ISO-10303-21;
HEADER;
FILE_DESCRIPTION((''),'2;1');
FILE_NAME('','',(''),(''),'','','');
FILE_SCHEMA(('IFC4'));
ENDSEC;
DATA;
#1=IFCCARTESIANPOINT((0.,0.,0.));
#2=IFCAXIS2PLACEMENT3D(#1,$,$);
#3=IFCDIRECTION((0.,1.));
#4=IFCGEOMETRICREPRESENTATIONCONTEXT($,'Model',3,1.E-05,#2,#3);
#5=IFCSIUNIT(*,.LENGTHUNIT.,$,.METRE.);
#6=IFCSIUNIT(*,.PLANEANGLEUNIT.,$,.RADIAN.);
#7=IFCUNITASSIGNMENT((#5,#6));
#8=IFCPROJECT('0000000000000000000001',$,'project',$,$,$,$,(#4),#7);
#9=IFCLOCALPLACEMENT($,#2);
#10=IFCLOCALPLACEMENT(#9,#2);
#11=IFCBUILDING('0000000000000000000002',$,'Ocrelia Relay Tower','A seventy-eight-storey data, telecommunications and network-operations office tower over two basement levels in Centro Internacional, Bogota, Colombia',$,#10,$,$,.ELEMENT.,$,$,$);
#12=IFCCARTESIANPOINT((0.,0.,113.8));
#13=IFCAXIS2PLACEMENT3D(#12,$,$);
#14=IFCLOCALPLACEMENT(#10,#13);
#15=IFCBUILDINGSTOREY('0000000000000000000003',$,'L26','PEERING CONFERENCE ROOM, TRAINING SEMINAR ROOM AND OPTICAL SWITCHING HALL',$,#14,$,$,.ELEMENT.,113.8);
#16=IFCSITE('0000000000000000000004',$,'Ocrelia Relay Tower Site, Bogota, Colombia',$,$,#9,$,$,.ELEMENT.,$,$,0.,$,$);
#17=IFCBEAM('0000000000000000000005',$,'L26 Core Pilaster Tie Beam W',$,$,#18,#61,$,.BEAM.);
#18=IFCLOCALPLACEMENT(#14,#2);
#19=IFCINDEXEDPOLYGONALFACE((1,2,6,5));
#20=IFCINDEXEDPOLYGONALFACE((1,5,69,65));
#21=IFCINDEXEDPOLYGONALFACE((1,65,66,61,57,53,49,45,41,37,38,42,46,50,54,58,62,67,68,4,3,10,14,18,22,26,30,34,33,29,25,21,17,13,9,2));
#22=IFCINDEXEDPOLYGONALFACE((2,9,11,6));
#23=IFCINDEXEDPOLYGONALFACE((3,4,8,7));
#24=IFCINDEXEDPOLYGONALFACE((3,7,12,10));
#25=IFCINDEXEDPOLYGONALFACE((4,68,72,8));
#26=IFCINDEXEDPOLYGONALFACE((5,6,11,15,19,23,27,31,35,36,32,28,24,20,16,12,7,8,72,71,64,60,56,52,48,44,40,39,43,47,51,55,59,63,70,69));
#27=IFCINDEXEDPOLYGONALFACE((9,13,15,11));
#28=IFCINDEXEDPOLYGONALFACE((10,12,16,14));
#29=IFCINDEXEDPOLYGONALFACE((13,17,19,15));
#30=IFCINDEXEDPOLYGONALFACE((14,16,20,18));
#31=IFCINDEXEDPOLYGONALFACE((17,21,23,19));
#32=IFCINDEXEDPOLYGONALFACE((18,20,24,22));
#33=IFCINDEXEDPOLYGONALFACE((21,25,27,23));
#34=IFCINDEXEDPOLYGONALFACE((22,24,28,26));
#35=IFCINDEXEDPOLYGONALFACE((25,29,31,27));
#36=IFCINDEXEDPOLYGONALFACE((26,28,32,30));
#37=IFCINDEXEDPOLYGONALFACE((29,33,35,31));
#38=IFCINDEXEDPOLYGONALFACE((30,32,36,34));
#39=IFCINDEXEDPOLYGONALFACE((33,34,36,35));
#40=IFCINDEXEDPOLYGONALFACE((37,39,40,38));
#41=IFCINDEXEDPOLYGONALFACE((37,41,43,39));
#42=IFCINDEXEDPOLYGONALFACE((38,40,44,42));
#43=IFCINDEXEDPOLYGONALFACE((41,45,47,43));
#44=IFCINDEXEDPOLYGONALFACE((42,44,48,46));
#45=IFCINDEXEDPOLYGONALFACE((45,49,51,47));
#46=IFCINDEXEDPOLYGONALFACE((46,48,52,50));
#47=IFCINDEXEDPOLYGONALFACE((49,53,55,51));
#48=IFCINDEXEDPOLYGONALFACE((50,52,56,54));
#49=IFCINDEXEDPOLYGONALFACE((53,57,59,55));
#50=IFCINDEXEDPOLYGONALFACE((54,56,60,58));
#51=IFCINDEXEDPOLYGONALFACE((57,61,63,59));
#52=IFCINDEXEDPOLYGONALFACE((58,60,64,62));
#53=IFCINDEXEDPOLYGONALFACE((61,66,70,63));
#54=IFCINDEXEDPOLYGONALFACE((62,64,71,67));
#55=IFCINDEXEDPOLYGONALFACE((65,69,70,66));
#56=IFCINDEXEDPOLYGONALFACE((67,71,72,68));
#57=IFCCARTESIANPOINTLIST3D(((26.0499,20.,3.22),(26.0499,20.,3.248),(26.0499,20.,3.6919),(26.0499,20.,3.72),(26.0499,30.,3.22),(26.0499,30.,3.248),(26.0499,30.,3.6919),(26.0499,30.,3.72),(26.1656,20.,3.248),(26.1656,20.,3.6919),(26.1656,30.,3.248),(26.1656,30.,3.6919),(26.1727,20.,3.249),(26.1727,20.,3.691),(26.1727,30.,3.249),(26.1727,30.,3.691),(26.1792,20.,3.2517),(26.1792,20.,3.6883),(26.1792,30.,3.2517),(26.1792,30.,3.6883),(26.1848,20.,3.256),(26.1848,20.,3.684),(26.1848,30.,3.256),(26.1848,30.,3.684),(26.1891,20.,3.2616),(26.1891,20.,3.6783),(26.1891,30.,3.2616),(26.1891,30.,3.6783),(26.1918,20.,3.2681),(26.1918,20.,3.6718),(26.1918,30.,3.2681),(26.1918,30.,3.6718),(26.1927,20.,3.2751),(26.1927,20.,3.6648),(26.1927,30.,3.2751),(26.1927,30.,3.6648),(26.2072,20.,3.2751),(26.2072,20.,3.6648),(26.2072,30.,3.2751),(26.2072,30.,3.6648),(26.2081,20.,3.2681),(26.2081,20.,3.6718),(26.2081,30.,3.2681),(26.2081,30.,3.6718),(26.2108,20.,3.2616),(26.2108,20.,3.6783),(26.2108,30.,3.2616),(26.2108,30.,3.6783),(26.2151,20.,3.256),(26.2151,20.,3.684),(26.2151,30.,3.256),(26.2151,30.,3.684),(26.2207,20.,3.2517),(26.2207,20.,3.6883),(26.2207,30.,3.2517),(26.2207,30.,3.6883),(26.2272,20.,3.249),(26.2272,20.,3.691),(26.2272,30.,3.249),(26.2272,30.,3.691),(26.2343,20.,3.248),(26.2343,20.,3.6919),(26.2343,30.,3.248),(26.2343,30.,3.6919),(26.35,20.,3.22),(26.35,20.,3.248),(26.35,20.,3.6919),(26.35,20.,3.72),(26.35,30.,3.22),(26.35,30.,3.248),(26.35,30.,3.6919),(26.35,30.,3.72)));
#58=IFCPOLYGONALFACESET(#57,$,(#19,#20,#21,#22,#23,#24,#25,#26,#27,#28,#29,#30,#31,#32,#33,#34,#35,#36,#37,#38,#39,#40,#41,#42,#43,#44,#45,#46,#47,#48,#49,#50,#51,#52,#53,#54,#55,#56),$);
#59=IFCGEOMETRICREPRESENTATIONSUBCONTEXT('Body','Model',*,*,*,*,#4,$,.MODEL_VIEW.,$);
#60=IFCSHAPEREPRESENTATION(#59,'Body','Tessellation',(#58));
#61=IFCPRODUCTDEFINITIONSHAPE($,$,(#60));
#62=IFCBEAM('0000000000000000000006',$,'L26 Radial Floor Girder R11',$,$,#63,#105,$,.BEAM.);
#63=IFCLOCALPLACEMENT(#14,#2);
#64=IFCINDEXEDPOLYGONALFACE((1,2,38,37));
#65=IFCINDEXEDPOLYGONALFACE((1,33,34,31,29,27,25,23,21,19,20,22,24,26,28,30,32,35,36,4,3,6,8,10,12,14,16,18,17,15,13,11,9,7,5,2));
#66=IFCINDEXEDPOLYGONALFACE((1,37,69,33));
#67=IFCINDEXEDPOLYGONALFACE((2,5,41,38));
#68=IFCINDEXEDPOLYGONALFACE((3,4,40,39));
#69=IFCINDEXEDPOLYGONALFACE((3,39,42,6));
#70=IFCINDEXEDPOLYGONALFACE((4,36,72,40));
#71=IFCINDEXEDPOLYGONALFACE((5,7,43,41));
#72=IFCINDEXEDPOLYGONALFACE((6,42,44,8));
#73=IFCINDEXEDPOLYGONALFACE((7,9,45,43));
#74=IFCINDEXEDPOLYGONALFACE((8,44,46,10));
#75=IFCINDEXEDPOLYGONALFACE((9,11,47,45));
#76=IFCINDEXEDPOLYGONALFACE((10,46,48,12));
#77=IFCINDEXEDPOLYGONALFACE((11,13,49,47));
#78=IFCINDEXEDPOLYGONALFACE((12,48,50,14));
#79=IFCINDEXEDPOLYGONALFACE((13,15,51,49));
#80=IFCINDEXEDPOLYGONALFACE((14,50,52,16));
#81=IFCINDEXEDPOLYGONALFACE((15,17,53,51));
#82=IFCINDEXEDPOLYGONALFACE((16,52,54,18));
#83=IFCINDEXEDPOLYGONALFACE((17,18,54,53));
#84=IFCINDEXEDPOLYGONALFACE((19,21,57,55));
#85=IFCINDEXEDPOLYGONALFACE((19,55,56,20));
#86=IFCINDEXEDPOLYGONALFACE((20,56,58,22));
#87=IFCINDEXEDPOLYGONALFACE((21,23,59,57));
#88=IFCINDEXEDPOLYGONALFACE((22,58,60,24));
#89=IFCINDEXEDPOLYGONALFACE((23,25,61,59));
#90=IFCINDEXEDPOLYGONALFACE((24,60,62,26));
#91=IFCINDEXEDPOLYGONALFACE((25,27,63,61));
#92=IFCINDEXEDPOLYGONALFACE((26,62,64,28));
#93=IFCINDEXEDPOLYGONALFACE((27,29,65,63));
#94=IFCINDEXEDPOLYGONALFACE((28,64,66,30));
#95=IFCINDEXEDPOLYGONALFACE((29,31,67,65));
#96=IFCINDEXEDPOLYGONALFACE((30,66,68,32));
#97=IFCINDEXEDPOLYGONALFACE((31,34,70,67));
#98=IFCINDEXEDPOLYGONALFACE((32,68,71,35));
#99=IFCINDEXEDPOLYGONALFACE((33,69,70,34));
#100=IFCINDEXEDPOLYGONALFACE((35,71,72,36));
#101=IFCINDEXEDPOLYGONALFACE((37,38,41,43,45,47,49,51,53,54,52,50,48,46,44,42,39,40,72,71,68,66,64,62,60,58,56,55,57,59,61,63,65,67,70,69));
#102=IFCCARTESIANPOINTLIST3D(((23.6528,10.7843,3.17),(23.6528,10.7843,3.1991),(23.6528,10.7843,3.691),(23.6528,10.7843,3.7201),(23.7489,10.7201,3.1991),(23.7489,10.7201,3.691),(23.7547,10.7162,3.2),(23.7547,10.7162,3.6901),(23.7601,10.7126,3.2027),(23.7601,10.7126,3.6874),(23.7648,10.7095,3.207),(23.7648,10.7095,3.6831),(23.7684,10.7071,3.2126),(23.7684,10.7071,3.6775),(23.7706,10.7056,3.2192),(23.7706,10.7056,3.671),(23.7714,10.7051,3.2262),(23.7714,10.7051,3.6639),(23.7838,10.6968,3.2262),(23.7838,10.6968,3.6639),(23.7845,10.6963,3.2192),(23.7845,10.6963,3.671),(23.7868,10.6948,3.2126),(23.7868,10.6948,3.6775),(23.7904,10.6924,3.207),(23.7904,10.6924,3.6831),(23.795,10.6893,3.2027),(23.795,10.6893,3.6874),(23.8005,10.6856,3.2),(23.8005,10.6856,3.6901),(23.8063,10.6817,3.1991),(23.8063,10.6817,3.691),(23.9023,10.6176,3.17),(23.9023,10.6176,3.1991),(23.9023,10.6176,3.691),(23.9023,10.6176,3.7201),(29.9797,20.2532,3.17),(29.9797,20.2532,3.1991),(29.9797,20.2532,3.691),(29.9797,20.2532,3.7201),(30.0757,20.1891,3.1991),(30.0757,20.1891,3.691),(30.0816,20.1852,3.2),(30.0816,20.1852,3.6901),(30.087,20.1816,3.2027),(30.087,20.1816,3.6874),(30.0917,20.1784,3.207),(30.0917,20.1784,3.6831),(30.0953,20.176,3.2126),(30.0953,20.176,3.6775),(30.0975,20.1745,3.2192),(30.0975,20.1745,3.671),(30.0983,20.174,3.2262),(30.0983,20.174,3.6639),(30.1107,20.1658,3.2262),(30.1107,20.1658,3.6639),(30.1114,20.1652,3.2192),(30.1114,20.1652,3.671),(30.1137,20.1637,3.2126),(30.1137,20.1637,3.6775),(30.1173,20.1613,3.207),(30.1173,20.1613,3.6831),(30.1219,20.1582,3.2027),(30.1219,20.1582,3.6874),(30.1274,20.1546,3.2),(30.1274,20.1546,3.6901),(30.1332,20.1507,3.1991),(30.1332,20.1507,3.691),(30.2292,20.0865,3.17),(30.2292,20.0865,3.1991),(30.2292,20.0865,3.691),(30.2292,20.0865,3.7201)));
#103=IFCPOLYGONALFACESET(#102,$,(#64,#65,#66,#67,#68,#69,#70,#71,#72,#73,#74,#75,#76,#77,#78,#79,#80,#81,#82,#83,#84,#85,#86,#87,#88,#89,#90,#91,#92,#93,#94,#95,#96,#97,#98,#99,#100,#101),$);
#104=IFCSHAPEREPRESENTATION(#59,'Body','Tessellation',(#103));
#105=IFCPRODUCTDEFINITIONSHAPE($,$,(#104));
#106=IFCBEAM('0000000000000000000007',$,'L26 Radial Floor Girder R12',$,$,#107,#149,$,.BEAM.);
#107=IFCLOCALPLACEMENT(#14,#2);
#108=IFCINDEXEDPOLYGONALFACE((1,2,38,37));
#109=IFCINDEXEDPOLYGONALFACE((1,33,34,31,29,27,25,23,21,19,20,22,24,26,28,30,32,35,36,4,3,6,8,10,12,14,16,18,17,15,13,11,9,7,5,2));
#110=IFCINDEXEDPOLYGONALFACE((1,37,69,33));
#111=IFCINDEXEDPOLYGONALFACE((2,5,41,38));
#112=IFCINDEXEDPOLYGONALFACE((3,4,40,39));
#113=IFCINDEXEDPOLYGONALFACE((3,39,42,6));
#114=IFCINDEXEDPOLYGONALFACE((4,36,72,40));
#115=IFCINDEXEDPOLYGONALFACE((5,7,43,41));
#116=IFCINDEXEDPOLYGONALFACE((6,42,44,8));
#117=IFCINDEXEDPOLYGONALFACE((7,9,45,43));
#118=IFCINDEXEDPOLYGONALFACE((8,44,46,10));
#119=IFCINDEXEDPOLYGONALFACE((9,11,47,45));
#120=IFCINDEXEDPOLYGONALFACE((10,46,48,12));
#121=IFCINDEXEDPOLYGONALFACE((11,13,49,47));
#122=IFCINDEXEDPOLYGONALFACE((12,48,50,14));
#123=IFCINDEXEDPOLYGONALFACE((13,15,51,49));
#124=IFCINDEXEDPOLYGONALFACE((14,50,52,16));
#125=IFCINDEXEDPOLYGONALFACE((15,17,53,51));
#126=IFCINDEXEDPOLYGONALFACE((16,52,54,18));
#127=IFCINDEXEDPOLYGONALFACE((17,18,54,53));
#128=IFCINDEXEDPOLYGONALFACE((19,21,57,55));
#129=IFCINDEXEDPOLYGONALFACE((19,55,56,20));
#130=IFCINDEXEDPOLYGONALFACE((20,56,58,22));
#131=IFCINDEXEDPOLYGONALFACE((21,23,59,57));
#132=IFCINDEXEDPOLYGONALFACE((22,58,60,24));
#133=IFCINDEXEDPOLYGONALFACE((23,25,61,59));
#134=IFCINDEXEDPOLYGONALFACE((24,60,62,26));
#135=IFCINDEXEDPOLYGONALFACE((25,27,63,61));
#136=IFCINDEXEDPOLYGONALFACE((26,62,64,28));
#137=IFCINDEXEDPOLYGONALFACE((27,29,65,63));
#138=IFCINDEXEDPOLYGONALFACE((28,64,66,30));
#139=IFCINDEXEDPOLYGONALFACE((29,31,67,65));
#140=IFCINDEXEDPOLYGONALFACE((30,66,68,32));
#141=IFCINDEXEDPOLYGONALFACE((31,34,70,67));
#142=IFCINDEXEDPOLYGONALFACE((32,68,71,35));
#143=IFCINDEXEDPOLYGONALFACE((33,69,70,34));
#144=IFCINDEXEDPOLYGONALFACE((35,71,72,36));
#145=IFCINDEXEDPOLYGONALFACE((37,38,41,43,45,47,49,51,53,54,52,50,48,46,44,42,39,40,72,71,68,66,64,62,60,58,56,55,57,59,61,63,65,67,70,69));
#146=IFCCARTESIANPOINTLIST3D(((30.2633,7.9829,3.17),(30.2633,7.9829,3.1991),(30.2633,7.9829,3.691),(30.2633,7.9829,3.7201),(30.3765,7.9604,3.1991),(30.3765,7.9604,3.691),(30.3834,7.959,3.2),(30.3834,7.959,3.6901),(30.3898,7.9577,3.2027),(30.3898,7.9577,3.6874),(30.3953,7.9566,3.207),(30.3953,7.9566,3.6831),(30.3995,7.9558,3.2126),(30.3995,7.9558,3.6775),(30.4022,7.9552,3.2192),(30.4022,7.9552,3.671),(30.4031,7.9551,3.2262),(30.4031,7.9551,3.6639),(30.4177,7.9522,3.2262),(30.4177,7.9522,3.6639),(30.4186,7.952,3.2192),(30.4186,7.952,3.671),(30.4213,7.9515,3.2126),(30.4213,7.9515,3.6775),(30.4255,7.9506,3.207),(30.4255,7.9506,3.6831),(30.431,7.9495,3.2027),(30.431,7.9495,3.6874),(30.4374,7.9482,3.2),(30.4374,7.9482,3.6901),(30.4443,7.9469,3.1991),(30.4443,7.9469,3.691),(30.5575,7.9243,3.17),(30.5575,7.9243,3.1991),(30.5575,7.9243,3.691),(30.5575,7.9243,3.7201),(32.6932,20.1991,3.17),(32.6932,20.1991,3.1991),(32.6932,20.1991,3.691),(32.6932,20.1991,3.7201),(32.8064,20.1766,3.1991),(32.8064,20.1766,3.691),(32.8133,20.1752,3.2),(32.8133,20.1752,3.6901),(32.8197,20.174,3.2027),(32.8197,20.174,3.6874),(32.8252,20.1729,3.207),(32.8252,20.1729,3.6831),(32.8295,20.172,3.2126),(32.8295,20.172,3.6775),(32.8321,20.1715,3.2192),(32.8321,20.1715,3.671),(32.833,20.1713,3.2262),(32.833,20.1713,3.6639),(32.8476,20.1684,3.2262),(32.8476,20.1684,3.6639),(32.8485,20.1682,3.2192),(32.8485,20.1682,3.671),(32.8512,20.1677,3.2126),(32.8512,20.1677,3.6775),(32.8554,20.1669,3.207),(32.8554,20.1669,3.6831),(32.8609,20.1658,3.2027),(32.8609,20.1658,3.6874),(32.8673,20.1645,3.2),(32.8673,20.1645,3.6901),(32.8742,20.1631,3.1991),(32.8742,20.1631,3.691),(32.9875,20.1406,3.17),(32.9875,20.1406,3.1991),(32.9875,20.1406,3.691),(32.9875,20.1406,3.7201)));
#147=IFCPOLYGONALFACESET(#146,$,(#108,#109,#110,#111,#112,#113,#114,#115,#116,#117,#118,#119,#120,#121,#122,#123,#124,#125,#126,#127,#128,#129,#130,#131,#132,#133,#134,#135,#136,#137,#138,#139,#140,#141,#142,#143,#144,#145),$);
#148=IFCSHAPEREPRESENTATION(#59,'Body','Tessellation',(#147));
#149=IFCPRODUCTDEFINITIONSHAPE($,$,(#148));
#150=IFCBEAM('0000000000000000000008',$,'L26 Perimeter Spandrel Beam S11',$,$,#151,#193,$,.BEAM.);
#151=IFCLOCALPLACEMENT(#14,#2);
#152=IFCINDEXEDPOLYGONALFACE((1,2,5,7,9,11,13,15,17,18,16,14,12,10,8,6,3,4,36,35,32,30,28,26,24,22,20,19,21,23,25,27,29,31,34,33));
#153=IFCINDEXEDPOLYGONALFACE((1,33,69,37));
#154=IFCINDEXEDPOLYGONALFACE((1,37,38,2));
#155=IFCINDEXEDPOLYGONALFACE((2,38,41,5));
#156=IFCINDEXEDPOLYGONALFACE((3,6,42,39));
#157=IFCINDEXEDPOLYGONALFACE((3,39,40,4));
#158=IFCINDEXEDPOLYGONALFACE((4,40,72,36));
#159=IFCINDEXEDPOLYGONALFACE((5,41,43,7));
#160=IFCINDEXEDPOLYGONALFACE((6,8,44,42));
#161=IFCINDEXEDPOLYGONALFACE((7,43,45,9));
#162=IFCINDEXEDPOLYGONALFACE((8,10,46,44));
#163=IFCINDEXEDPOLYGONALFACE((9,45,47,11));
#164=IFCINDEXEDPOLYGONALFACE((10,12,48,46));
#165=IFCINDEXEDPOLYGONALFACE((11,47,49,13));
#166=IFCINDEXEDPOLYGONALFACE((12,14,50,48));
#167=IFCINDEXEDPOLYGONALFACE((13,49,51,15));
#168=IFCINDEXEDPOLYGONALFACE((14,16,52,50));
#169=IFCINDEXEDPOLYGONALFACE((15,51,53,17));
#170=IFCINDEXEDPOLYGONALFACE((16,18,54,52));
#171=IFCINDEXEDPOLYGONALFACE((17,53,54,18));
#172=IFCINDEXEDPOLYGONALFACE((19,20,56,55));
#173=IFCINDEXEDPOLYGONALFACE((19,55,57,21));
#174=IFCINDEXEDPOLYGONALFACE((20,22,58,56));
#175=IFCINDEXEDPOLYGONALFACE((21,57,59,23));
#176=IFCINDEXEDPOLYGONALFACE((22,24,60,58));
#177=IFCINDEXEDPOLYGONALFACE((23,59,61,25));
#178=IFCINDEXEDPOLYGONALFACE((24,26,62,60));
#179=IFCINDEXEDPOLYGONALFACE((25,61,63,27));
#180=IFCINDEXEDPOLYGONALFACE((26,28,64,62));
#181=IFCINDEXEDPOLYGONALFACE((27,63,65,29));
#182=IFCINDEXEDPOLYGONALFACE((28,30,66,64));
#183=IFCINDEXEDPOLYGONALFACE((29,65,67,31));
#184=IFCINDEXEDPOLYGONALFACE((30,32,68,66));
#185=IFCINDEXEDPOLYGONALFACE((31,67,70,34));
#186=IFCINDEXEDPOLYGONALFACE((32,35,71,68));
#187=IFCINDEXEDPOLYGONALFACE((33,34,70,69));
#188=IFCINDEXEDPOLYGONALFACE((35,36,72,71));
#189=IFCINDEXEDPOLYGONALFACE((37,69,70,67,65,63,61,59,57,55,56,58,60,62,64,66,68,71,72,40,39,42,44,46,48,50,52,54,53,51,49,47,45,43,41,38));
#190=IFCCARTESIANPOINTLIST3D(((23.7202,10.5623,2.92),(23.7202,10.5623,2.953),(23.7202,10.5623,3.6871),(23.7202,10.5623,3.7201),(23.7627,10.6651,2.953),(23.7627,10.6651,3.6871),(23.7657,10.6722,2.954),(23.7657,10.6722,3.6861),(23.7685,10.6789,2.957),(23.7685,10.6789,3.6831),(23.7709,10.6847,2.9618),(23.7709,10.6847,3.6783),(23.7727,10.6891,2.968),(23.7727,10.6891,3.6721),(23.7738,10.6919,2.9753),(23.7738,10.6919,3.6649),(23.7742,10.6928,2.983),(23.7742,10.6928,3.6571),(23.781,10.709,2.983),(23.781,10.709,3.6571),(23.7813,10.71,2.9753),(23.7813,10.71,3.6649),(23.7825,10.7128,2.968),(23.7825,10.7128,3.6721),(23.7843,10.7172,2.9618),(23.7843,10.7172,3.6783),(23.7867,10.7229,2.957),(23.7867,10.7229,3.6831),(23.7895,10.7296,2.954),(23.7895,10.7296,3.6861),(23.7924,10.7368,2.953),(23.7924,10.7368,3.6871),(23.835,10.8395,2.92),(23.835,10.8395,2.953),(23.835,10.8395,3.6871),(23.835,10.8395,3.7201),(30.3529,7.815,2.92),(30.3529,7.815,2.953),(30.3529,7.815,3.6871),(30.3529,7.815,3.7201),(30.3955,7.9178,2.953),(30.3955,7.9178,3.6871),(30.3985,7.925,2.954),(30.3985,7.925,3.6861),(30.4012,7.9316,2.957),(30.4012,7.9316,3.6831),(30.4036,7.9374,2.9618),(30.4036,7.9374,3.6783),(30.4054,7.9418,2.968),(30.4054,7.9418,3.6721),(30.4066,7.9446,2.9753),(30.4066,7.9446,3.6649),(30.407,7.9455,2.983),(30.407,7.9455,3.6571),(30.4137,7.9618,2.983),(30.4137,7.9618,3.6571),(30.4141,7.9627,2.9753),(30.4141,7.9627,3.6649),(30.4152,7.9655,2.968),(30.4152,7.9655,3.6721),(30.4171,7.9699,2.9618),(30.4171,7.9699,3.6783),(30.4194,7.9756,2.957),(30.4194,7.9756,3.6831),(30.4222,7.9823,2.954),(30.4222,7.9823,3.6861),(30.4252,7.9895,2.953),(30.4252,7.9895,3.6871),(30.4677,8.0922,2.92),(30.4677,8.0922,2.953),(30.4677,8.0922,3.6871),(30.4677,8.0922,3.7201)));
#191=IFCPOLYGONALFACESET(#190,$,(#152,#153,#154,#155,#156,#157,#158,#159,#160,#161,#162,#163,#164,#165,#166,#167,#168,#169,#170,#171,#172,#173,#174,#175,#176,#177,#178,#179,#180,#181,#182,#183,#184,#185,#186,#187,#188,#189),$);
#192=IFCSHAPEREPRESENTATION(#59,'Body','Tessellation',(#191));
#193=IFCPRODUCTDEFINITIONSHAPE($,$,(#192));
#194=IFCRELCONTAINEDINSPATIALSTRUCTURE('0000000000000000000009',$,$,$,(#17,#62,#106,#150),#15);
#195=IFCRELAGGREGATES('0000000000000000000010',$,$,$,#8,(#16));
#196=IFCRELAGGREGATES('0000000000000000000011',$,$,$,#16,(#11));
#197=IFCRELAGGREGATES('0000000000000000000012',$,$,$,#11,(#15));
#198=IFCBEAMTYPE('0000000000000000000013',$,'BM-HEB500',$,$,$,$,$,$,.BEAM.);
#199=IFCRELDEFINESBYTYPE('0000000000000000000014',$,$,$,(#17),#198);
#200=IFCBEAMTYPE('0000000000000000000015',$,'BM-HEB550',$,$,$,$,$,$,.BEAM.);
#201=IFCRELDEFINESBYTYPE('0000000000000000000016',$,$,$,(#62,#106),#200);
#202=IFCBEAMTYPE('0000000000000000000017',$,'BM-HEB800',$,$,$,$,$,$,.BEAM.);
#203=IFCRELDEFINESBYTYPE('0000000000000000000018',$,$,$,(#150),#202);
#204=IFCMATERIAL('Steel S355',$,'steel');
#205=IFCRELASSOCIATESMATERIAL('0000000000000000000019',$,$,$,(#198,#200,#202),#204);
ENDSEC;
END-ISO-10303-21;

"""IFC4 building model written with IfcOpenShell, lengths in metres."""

from ifc_helpers import new_model, si_unit, direction, frame, origin, origin_2d, place, context, subcontext, project, spatial, i_section, extrude, material, material_profile, profile_set, type_object, element, save


model = new_model("IFC4")

# Units and contexts
model_context = context("Model", 3, precision=1e-05, world=origin(), true_north=direction((0.0, 1.0)))
body_context = subcontext(model_context, "Body", "Model", "MODEL_VIEW")
ifc_project = project(units=[si_unit("LENGTHUNIT", "METRE"), si_unit("PLANEANGLEUNIT", "RADIAN")], contexts=[model_context])

# Site, building, storey
site_placement = place(None, origin())
site = spatial("IfcSite", under=ifc_project, at=site_placement, Name="Ocrelia Relay Tower Site, Bogota, Colombia", CompositionType="ELEMENT", RefElevation=0.0)
building_placement = place(site_placement, origin())
building = spatial("IfcBuilding", under=site, at=building_placement, Name="Ocrelia Relay Tower", Description="A seventy-eight-storey data, telecommunications and network-operations office tower over two basement levels in Centro Internacional, Bogota, Colombia", CompositionType="ELEMENT")
storey_placement = place(building_placement, frame((0.0, 0.0, 113.8)))
storey = spatial("IfcBuildingStorey", under=building, at=storey_placement, Name="L26", Description="PEERING CONFERENCE ROOM, TRAINING SEMINAR ROOM AND OPTICAL SWITCHING HALL", CompositionType="ELEMENT", Elevation=113.8)

# Beams
ifc_material_1 = material(Name="Steel S355", Category="steel")
ifc_material_profile_1 = material_profile(ifc_material_1, i_section(OverallWidth=0.3, OverallDepth=0.5, WebThickness=0.0144, FlangeThickness=0.0281, FilletRadius=0.0271, at=origin_2d()), Name="HEB 500")
ifc_profile_set_1 = profile_set([ifc_material_profile_1], Name="Steel S355")
beam_type_1 = type_object("IfcBeamType", Name="BM-HEB500", PredefinedType="BEAM", material=ifc_profile_set_1)
beam_1_placement = place(storey_placement, frame((26.2, 20.0, 3.47), z_axis=(0.0, 1.0, 0.0), x_axis=(-1.0, 0.0, 0.0)))
element("IfcBeam", 1, at=beam_1_placement, inside=storey, type_object=beam_type_1, Name="L26 Core Pilaster Tie Beam W", PredefinedType="BEAM", context=body_context, shape_type="SweptSolid", body=[
    extrude(i_section(OverallWidth=0.3, OverallDepth=0.5, WebThickness=0.0144, FlangeThickness=0.0281, FilletRadius=0.0271, at=origin_2d()), origin(), (0.0, 0.0, 1.0), 10.0),
])
ifc_material_profile_2 = material_profile(ifc_material_1, i_section(OverallWidth=0.3, OverallDepth=0.55, WebThickness=0.0149, FlangeThickness=0.0291, FilletRadius=0.0271, at=origin_2d()), Name="HEB 550")
ifc_profile_set_2 = profile_set([ifc_material_profile_2], Name="Steel S355")
beam_type_2 = type_object("IfcBeamType", Name="BM-HEB550", PredefinedType="BEAM", material=ifc_profile_set_2)
beam_2_placement = place(storey_placement, frame((23.7776, 10.7009, 3.4451), z_axis=(0.555566, 0.831473, 0.0), x_axis=(-0.831473, 0.555566, 0.0)))
element("IfcBeam", 2, at=beam_2_placement, inside=storey, type_object=beam_type_2, Name="L26 Radial Floor Girder R11", PredefinedType="BEAM", context=body_context, shape_type="SweptSolid", body=[
    extrude(i_section(OverallWidth=0.3, OverallDepth=0.55, WebThickness=0.0149, FlangeThickness=0.0291, FilletRadius=0.0271, at=origin_2d()), origin(), (0.0, 0.0, 1.0), 11.3882),
])
beam_3_placement = place(storey_placement, frame((30.4104, 7.9536, 3.4451), z_axis=(0.195087, 0.980786, 0.0), x_axis=(-0.980786, 0.195087, 0.0)))
element("IfcBeam", 3, at=beam_3_placement, inside=storey, type_object=beam_type_2, Name="L26 Radial Floor Girder R12", PredefinedType="BEAM", context=body_context, shape_type="SweptSolid", body=[
    extrude(i_section(OverallWidth=0.3, OverallDepth=0.55, WebThickness=0.0149, FlangeThickness=0.0291, FilletRadius=0.0271, at=origin_2d()), origin(), (0.0, 0.0, 1.0), 12.4556),
])
ifc_material_profile_3 = material_profile(ifc_material_1, i_section(OverallWidth=0.3, OverallDepth=0.8, WebThickness=0.0176, FlangeThickness=0.033, FilletRadius=0.03, at=origin_2d()), Name="HEB 800")
ifc_profile_set_3 = profile_set([ifc_material_profile_3], Name="Steel S355")
beam_type_3 = type_object("IfcBeamType", Name="BM-HEB800", PredefinedType="BEAM", material=ifc_profile_set_3)
for number, where, z_axis, x_axis, name in (
    (4, (23.7776, 10.7009, 3.3201), (0.923884, -0.382673, 0.0), (0.382673, 0.923884, 0.0), "L26 Perimeter Spandrel Beam S11"),
):
    element("IfcBeam", number, at=place(storey_placement, frame(where, z_axis=z_axis, x_axis=x_axis)), inside=storey, type_object=beam_type_3, Name=name, PredefinedType="BEAM", context=body_context, shape_type="SweptSolid", body=[
        extrude(i_section(OverallWidth=0.3, OverallDepth=0.8, WebThickness=0.0176, FlangeThickness=0.033, FilletRadius=0.03, at=origin_2d()), origin(), (0.0, 0.0, 1.0), 7.1792),
    ])

save(model, "model.ifc")
